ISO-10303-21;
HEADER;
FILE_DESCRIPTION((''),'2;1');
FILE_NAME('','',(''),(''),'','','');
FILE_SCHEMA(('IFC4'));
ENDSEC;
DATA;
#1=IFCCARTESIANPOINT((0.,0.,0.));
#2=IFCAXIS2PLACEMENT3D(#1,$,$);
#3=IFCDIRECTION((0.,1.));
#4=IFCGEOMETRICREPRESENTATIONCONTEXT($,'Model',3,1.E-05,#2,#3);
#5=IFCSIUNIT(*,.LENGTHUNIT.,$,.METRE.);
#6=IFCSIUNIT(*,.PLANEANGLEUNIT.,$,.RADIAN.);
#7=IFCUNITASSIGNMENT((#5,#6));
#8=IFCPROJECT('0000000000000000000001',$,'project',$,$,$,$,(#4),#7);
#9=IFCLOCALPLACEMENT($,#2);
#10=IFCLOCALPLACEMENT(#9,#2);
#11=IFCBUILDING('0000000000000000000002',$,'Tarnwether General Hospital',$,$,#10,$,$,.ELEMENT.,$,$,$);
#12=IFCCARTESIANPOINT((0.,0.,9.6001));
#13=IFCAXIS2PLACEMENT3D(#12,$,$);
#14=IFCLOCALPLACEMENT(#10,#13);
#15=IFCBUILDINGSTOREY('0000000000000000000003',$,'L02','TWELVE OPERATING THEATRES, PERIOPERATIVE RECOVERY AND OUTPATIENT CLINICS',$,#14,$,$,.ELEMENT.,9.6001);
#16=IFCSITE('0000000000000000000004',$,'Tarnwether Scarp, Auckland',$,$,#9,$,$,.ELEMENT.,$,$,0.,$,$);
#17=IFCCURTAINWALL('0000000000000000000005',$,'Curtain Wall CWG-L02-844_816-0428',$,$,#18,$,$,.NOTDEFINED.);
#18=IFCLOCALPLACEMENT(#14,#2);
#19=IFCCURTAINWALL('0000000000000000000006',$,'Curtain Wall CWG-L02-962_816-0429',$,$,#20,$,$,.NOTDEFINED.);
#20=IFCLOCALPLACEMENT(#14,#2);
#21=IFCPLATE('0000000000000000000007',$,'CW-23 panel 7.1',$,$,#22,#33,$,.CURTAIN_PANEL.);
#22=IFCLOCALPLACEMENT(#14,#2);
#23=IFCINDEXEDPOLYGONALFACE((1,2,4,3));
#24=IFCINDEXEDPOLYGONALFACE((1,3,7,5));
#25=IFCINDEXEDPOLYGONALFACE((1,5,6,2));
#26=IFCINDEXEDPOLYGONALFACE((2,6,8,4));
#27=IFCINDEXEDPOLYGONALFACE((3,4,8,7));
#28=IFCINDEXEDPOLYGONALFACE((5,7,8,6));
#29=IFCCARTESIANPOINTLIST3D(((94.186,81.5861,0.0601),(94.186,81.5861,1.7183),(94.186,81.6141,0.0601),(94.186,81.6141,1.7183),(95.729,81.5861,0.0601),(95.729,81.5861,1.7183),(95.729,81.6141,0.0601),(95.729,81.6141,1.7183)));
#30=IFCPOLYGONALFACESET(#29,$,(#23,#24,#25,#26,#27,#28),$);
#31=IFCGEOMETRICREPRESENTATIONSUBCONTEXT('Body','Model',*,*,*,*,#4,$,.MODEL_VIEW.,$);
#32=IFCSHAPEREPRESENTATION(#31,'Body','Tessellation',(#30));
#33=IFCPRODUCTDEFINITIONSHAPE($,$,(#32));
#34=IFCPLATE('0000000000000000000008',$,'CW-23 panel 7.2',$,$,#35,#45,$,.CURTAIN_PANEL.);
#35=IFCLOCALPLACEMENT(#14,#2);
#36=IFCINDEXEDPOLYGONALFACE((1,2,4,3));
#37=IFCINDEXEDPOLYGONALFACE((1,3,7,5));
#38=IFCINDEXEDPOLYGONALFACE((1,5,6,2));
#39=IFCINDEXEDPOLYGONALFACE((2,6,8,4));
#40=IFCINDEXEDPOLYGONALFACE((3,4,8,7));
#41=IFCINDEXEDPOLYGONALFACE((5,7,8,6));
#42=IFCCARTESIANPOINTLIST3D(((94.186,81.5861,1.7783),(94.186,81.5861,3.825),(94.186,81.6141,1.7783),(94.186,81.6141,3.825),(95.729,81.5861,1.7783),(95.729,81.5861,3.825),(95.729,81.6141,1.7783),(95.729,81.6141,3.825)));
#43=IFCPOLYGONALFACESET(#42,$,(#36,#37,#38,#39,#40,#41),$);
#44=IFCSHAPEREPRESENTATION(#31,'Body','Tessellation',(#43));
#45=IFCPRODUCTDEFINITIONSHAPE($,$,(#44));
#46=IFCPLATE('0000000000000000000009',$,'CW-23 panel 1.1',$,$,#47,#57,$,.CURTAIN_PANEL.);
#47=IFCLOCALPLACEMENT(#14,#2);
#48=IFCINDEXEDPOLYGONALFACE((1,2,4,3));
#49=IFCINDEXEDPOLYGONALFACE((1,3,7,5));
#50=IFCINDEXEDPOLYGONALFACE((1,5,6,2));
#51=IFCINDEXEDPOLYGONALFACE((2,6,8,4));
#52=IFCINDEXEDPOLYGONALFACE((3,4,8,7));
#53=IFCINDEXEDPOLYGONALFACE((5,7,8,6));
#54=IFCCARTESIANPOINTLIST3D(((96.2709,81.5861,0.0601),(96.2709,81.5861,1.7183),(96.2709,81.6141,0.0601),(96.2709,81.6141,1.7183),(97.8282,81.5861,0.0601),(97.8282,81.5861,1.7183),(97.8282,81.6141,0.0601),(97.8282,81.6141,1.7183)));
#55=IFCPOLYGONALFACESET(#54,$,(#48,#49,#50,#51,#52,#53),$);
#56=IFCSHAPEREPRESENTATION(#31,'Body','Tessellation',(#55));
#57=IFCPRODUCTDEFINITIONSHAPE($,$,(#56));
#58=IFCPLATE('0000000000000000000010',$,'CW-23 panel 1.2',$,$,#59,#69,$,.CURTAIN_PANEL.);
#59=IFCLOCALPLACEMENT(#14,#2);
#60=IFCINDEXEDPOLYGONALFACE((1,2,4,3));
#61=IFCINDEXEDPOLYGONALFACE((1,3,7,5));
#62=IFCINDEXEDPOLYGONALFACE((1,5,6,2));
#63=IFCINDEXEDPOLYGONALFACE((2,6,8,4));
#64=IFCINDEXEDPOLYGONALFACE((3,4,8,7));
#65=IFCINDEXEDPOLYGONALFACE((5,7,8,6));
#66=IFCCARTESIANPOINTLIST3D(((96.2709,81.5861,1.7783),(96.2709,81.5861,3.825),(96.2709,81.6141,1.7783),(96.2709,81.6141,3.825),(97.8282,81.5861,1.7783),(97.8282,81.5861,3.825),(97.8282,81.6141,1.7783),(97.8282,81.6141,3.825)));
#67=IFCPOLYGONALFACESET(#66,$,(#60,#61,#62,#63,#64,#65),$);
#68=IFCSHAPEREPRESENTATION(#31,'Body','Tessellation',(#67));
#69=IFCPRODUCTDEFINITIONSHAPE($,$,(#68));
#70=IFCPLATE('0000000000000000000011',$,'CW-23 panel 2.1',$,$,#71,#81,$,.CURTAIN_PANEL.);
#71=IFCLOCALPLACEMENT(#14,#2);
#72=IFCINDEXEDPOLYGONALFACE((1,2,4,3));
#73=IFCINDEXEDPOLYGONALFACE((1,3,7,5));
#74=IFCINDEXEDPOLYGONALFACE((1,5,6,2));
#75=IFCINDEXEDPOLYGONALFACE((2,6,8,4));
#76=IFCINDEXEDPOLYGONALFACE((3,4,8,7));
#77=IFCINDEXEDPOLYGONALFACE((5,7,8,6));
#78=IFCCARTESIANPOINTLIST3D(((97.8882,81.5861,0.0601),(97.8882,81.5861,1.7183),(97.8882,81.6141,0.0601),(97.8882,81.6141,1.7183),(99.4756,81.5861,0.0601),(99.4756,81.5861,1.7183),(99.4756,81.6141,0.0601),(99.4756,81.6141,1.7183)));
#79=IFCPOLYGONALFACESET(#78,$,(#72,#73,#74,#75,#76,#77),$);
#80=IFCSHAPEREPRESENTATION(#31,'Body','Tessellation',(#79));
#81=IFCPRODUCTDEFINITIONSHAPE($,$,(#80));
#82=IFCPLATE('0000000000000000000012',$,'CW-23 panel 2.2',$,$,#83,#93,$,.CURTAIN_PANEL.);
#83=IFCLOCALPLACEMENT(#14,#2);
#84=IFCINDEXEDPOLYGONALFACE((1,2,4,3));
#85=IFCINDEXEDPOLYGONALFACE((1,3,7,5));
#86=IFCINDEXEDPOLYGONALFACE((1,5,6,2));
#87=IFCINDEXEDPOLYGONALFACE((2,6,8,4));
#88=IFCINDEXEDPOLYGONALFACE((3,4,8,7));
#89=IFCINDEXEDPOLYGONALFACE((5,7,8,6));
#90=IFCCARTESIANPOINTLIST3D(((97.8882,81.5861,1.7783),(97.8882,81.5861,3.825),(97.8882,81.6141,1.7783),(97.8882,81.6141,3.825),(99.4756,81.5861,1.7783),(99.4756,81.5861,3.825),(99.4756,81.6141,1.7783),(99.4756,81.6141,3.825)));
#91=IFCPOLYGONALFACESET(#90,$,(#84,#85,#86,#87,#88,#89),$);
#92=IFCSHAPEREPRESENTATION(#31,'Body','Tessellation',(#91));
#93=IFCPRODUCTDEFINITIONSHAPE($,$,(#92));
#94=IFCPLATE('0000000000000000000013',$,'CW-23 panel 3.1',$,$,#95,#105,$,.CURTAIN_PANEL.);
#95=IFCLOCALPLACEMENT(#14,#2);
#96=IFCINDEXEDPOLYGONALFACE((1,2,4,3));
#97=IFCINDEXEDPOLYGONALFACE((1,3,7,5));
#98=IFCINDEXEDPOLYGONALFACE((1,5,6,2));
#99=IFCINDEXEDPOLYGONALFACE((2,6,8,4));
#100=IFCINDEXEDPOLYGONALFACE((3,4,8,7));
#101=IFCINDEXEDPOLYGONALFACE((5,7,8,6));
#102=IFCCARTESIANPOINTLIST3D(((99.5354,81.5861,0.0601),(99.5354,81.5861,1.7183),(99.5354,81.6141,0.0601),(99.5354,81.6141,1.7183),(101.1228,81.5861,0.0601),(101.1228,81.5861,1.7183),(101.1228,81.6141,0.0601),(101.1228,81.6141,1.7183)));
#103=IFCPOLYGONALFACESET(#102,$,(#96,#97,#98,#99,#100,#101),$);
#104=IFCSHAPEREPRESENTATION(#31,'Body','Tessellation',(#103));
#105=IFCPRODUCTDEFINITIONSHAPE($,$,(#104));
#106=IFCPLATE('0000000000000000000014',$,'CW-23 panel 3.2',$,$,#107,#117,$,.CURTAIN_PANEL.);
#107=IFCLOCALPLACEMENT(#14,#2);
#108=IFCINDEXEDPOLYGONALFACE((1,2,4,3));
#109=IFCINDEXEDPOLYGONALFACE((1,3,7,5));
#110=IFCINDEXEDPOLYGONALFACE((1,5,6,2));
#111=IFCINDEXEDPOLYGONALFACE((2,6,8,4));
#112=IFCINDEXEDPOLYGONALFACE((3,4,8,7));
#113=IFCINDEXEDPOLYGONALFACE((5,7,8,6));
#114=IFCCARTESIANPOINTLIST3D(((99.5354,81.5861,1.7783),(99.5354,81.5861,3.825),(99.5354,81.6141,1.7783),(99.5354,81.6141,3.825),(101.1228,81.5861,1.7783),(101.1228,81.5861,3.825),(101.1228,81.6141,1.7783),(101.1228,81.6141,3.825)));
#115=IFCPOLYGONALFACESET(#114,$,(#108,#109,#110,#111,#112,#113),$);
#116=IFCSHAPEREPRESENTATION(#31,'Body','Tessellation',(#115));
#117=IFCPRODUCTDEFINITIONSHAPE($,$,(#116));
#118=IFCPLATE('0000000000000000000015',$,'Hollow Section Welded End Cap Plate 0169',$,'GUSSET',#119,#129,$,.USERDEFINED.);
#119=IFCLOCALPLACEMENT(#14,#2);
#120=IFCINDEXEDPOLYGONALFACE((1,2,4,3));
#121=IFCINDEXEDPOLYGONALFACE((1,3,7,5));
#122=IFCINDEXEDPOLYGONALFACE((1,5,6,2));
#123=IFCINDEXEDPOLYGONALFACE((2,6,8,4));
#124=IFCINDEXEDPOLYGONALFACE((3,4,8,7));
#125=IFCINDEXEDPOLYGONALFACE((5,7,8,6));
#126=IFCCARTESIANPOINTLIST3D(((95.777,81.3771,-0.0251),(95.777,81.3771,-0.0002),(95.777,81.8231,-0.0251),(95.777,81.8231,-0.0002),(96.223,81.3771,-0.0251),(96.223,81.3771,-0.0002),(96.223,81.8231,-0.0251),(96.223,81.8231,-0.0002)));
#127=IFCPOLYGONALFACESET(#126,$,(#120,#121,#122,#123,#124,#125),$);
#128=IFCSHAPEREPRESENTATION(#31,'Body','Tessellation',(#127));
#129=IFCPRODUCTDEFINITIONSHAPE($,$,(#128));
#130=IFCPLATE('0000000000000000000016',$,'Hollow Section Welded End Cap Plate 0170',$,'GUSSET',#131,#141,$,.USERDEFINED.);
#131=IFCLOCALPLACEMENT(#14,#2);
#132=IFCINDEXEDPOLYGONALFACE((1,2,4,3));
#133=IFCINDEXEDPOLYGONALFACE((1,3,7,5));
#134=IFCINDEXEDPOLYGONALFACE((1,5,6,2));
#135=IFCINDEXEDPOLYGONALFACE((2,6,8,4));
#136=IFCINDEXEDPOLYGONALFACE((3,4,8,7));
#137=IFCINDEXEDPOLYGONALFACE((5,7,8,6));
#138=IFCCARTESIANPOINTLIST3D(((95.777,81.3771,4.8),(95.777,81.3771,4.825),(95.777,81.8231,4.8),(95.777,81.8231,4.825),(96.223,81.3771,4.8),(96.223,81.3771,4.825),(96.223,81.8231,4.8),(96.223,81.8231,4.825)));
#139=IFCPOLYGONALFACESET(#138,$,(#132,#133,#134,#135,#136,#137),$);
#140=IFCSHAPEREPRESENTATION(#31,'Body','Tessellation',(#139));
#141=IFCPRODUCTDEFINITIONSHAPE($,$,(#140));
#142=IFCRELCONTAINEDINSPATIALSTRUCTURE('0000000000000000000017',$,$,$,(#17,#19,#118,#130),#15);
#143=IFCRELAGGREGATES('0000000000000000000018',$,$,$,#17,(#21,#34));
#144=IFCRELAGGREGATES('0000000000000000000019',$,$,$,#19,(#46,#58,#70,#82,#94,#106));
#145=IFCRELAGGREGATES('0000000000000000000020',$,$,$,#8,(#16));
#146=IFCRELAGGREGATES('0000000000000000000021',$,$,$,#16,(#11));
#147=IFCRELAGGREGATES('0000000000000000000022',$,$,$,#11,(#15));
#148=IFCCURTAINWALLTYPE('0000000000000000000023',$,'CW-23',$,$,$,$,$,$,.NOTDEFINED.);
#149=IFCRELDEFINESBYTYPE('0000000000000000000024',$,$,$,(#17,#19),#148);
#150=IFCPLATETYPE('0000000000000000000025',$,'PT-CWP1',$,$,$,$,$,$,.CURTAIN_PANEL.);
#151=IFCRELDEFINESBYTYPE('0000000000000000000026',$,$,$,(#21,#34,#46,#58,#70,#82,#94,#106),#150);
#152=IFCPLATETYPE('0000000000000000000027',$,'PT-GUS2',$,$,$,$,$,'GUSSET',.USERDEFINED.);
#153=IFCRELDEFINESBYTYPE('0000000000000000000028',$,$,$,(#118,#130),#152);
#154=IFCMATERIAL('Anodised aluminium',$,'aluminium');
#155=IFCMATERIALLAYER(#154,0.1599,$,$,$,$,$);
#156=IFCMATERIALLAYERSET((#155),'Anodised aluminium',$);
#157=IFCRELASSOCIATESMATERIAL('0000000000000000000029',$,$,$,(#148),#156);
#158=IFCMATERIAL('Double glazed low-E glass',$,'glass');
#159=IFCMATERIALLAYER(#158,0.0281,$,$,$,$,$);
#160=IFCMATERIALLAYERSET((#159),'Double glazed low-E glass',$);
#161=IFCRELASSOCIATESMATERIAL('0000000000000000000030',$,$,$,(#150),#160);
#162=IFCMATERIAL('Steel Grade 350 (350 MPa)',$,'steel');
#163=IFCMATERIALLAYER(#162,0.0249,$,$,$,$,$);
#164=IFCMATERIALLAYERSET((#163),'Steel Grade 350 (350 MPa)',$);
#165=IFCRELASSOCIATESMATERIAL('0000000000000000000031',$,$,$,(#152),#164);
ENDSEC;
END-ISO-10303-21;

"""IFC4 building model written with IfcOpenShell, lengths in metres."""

from ifc_helpers import new_model, si_unit, direction, frame, origin, origin_2d, place, context, subcontext, project, spatial, rectangle, extrude, material, layer, layer_set, type_object, element, aggregate, save


model = new_model("IFC4")

# Units and contexts
model_context = context("Model", 3, precision=1e-05, world=origin(), true_north=direction((0.0, 1.0)))
body_context = subcontext(model_context, "Body", "Model", "MODEL_VIEW")
ifc_project = project(units=[si_unit("LENGTHUNIT", "METRE"), si_unit("PLANEANGLEUNIT", "RADIAN")], contexts=[model_context])

# Site, building, storey
site_placement = place(None, origin())
site = spatial("IfcSite", under=ifc_project, at=site_placement, Name="Tarnwether Scarp, Auckland", CompositionType="ELEMENT", RefElevation=0.0)
building_placement = place(site_placement, origin())
building = spatial("IfcBuilding", under=site, at=building_placement, Name="Tarnwether General Hospital", CompositionType="ELEMENT")
storey_placement = place(building_placement, frame((0.0, 0.0, 9.6001)))
storey = spatial("IfcBuildingStorey", under=building, at=storey_placement, Name="L02", Description="TWELVE OPERATING THEATRES, PERIOPERATIVE RECOVERY AND OUTPATIENT CLINICS", CompositionType="ELEMENT", Elevation=9.6001)

# Curtain walls
ifc_material_1 = material(Name="Anodised aluminium", Category="aluminium")
ifc_layer_1 = layer(ifc_material_1, 0.1599)
ifc_layer_set_1 = layer_set([ifc_layer_1], Name="Anodised aluminium")
curtain_wall_type = type_object("IfcCurtainWallType", Name="CW-23", PredefinedType="NOTDEFINED", material=ifc_layer_set_1)
curtain_wall_1_placement = place(storey_placement, origin())
curtain_wall_1 = element("IfcCurtainWall", 1, at=curtain_wall_1_placement, inside=storey, type_object=curtain_wall_type, Name="Curtain Wall CWG-L02-844_816-0428", PredefinedType="NOTDEFINED")
curtain_wall_2_placement = place(storey_placement, origin())
curtain_wall_2 = element("IfcCurtainWall", 2, at=curtain_wall_2_placement, inside=storey, type_object=curtain_wall_type, Name="Curtain Wall CWG-L02-962_816-0429", PredefinedType="NOTDEFINED")

# Plates
ifc_material_2 = material(Name="Double glazed low-E glass", Category="glass")
ifc_layer_2 = layer(ifc_material_2, 0.0281)
ifc_layer_set_2 = layer_set([ifc_layer_2], Name="Double glazed low-E glass")
plate_type_1 = type_object("IfcPlateType", Name="PT-CWP1", PredefinedType="CURTAIN_PANEL", material=ifc_layer_set_2)
plate_1_placement = place(storey_placement, frame((94.9575, 81.6001, 0.0601), z_axis=(0.0, 0.0, 1.0), x_axis=(1.0, 0.0, 0.0)))
plate_1 = element("IfcPlate", 3, at=plate_1_placement, type_object=plate_type_1, Name="CW-23 panel 7.1", PredefinedType="CURTAIN_PANEL", context=body_context, shape_type="SweptSolid", body=[
    extrude(rectangle(XDim=1.543, YDim=0.0281, at=origin_2d()), origin(), (0.0, 0.0, 1.0), 1.6582),
])
plate_2_placement = place(storey_placement, frame((94.9575, 81.6001, 1.7783), z_axis=(0.0, 0.0, 1.0), x_axis=(1.0, 0.0, 0.0)))
plate_2 = element("IfcPlate", 4, at=plate_2_placement, type_object=plate_type_1, Name="CW-23 panel 7.2", PredefinedType="CURTAIN_PANEL", context=body_context, shape_type="SweptSolid", body=[
    extrude(rectangle(XDim=1.543, YDim=0.0281, at=origin_2d()), origin(), (0.0, 0.0, 1.0), 2.0466),
])
aggregate(curtain_wall_1, [plate_1, plate_2])
plate_3_placement = place(storey_placement, frame((97.0496, 81.6001, 0.0601), z_axis=(0.0, 0.0, 1.0), x_axis=(1.0, 0.0, 0.0)))
plate_3 = element("IfcPlate", 5, at=plate_3_placement, type_object=plate_type_1, Name="CW-23 panel 1.1", PredefinedType="CURTAIN_PANEL", context=body_context, shape_type="SweptSolid", body=[
    extrude(rectangle(XDim=1.5574, YDim=0.0281, at=origin_2d()), origin(), (0.0, 0.0, 1.0), 1.6582),
])
plate_4_placement = place(storey_placement, frame((97.0496, 81.6001, 1.7783), z_axis=(0.0, 0.0, 1.0), x_axis=(1.0, 0.0, 0.0)))
plate_4 = element("IfcPlate", 6, at=plate_4_placement, type_object=plate_type_1, Name="CW-23 panel 1.2", PredefinedType="CURTAIN_PANEL", context=body_context, shape_type="SweptSolid", body=[
    extrude(rectangle(XDim=1.5574, YDim=0.0281, at=origin_2d()), origin(), (0.0, 0.0, 1.0), 2.0466),
])
plate_5_placement = place(storey_placement, frame((98.6819, 81.6001, 0.0601), z_axis=(0.0, 0.0, 1.0), x_axis=(1.0, 0.0, 0.0)))
plate_5 = element("IfcPlate", 7, at=plate_5_placement, type_object=plate_type_1, Name="CW-23 panel 2.1", PredefinedType="CURTAIN_PANEL", context=body_context, shape_type="SweptSolid", body=[
    extrude(rectangle(XDim=1.5874, YDim=0.0281, at=origin_2d()), origin(), (0.0, 0.0, 1.0), 1.6582),
])
plate_6_placement = place(storey_placement, frame((98.6819, 81.6001, 1.7783), z_axis=(0.0, 0.0, 1.0), x_axis=(1.0, 0.0, 0.0)))
plate_6 = element("IfcPlate", 8, at=plate_6_placement, type_object=plate_type_1, Name="CW-23 panel 2.2", PredefinedType="CURTAIN_PANEL", context=body_context, shape_type="SweptSolid", body=[
    extrude(rectangle(XDim=1.5874, YDim=0.0281, at=origin_2d()), origin(), (0.0, 0.0, 1.0), 2.0466),
])
plate_7_placement = place(storey_placement, frame((100.3291, 81.6001, 0.0601), z_axis=(0.0, 0.0, 1.0), x_axis=(1.0, 0.0, 0.0)))
plate_7 = element("IfcPlate", 9, at=plate_7_placement, type_object=plate_type_1, Name="CW-23 panel 3.1", PredefinedType="CURTAIN_PANEL", context=body_context, shape_type="SweptSolid", body=[
    extrude(rectangle(XDim=1.5874, YDim=0.0281, at=origin_2d()), origin(), (0.0, 0.0, 1.0), 1.6582),
])
plate_8_placement = place(storey_placement, frame((100.3291, 81.6001, 1.7783), z_axis=(0.0, 0.0, 1.0), x_axis=(1.0, 0.0, 0.0)))
plate_8 = element("IfcPlate", 10, at=plate_8_placement, type_object=plate_type_1, Name="CW-23 panel 3.2", PredefinedType="CURTAIN_PANEL", context=body_context, shape_type="SweptSolid", body=[
    extrude(rectangle(XDim=1.5874, YDim=0.0281, at=origin_2d()), origin(), (0.0, 0.0, 1.0), 2.0466),
])
aggregate(curtain_wall_2, [plate_3, plate_4, plate_5, plate_6, plate_7, plate_8])

# Plates
ifc_material_3 = material(Name="Steel Grade 350 (350 MPa)", Category="steel")
ifc_layer_3 = layer(ifc_material_3, 0.0249)
ifc_layer_set_3 = layer_set([ifc_layer_3], Name="Steel Grade 350 (350 MPa)")
plate_type_2 = type_object("IfcPlateType", Name="PT-GUS2", ElementType="GUSSET", PredefinedType="USERDEFINED", material=ifc_layer_set_3)
for number, where, z_axis, x_axis, name in (
    (11, (96.0, 81.6001, -0.0251), (0.0, 0.0, 1.0), (1.0, 0.0, 0.0), "Hollow Section Welded End Cap Plate 0169"),
    (12, (96.0, 81.6001, 4.8), (0.0, 0.0, 1.0), (1.0, 0.0, 0.0), "Hollow Section Welded End Cap Plate 0170"),
):
    element("IfcPlate", number, at=place(storey_placement, frame(where, z_axis=z_axis, x_axis=x_axis)), inside=storey, type_object=plate_type_2, Name=name, ObjectType="GUSSET", PredefinedType="USERDEFINED", context=body_context, shape_type="SweptSolid", body=[
        extrude(rectangle(XDim=0.446, YDim=0.446, at=origin_2d()), origin(), (0.0, 0.0, 1.0), 0.0249),
    ])

save(model, "model.ifc")
